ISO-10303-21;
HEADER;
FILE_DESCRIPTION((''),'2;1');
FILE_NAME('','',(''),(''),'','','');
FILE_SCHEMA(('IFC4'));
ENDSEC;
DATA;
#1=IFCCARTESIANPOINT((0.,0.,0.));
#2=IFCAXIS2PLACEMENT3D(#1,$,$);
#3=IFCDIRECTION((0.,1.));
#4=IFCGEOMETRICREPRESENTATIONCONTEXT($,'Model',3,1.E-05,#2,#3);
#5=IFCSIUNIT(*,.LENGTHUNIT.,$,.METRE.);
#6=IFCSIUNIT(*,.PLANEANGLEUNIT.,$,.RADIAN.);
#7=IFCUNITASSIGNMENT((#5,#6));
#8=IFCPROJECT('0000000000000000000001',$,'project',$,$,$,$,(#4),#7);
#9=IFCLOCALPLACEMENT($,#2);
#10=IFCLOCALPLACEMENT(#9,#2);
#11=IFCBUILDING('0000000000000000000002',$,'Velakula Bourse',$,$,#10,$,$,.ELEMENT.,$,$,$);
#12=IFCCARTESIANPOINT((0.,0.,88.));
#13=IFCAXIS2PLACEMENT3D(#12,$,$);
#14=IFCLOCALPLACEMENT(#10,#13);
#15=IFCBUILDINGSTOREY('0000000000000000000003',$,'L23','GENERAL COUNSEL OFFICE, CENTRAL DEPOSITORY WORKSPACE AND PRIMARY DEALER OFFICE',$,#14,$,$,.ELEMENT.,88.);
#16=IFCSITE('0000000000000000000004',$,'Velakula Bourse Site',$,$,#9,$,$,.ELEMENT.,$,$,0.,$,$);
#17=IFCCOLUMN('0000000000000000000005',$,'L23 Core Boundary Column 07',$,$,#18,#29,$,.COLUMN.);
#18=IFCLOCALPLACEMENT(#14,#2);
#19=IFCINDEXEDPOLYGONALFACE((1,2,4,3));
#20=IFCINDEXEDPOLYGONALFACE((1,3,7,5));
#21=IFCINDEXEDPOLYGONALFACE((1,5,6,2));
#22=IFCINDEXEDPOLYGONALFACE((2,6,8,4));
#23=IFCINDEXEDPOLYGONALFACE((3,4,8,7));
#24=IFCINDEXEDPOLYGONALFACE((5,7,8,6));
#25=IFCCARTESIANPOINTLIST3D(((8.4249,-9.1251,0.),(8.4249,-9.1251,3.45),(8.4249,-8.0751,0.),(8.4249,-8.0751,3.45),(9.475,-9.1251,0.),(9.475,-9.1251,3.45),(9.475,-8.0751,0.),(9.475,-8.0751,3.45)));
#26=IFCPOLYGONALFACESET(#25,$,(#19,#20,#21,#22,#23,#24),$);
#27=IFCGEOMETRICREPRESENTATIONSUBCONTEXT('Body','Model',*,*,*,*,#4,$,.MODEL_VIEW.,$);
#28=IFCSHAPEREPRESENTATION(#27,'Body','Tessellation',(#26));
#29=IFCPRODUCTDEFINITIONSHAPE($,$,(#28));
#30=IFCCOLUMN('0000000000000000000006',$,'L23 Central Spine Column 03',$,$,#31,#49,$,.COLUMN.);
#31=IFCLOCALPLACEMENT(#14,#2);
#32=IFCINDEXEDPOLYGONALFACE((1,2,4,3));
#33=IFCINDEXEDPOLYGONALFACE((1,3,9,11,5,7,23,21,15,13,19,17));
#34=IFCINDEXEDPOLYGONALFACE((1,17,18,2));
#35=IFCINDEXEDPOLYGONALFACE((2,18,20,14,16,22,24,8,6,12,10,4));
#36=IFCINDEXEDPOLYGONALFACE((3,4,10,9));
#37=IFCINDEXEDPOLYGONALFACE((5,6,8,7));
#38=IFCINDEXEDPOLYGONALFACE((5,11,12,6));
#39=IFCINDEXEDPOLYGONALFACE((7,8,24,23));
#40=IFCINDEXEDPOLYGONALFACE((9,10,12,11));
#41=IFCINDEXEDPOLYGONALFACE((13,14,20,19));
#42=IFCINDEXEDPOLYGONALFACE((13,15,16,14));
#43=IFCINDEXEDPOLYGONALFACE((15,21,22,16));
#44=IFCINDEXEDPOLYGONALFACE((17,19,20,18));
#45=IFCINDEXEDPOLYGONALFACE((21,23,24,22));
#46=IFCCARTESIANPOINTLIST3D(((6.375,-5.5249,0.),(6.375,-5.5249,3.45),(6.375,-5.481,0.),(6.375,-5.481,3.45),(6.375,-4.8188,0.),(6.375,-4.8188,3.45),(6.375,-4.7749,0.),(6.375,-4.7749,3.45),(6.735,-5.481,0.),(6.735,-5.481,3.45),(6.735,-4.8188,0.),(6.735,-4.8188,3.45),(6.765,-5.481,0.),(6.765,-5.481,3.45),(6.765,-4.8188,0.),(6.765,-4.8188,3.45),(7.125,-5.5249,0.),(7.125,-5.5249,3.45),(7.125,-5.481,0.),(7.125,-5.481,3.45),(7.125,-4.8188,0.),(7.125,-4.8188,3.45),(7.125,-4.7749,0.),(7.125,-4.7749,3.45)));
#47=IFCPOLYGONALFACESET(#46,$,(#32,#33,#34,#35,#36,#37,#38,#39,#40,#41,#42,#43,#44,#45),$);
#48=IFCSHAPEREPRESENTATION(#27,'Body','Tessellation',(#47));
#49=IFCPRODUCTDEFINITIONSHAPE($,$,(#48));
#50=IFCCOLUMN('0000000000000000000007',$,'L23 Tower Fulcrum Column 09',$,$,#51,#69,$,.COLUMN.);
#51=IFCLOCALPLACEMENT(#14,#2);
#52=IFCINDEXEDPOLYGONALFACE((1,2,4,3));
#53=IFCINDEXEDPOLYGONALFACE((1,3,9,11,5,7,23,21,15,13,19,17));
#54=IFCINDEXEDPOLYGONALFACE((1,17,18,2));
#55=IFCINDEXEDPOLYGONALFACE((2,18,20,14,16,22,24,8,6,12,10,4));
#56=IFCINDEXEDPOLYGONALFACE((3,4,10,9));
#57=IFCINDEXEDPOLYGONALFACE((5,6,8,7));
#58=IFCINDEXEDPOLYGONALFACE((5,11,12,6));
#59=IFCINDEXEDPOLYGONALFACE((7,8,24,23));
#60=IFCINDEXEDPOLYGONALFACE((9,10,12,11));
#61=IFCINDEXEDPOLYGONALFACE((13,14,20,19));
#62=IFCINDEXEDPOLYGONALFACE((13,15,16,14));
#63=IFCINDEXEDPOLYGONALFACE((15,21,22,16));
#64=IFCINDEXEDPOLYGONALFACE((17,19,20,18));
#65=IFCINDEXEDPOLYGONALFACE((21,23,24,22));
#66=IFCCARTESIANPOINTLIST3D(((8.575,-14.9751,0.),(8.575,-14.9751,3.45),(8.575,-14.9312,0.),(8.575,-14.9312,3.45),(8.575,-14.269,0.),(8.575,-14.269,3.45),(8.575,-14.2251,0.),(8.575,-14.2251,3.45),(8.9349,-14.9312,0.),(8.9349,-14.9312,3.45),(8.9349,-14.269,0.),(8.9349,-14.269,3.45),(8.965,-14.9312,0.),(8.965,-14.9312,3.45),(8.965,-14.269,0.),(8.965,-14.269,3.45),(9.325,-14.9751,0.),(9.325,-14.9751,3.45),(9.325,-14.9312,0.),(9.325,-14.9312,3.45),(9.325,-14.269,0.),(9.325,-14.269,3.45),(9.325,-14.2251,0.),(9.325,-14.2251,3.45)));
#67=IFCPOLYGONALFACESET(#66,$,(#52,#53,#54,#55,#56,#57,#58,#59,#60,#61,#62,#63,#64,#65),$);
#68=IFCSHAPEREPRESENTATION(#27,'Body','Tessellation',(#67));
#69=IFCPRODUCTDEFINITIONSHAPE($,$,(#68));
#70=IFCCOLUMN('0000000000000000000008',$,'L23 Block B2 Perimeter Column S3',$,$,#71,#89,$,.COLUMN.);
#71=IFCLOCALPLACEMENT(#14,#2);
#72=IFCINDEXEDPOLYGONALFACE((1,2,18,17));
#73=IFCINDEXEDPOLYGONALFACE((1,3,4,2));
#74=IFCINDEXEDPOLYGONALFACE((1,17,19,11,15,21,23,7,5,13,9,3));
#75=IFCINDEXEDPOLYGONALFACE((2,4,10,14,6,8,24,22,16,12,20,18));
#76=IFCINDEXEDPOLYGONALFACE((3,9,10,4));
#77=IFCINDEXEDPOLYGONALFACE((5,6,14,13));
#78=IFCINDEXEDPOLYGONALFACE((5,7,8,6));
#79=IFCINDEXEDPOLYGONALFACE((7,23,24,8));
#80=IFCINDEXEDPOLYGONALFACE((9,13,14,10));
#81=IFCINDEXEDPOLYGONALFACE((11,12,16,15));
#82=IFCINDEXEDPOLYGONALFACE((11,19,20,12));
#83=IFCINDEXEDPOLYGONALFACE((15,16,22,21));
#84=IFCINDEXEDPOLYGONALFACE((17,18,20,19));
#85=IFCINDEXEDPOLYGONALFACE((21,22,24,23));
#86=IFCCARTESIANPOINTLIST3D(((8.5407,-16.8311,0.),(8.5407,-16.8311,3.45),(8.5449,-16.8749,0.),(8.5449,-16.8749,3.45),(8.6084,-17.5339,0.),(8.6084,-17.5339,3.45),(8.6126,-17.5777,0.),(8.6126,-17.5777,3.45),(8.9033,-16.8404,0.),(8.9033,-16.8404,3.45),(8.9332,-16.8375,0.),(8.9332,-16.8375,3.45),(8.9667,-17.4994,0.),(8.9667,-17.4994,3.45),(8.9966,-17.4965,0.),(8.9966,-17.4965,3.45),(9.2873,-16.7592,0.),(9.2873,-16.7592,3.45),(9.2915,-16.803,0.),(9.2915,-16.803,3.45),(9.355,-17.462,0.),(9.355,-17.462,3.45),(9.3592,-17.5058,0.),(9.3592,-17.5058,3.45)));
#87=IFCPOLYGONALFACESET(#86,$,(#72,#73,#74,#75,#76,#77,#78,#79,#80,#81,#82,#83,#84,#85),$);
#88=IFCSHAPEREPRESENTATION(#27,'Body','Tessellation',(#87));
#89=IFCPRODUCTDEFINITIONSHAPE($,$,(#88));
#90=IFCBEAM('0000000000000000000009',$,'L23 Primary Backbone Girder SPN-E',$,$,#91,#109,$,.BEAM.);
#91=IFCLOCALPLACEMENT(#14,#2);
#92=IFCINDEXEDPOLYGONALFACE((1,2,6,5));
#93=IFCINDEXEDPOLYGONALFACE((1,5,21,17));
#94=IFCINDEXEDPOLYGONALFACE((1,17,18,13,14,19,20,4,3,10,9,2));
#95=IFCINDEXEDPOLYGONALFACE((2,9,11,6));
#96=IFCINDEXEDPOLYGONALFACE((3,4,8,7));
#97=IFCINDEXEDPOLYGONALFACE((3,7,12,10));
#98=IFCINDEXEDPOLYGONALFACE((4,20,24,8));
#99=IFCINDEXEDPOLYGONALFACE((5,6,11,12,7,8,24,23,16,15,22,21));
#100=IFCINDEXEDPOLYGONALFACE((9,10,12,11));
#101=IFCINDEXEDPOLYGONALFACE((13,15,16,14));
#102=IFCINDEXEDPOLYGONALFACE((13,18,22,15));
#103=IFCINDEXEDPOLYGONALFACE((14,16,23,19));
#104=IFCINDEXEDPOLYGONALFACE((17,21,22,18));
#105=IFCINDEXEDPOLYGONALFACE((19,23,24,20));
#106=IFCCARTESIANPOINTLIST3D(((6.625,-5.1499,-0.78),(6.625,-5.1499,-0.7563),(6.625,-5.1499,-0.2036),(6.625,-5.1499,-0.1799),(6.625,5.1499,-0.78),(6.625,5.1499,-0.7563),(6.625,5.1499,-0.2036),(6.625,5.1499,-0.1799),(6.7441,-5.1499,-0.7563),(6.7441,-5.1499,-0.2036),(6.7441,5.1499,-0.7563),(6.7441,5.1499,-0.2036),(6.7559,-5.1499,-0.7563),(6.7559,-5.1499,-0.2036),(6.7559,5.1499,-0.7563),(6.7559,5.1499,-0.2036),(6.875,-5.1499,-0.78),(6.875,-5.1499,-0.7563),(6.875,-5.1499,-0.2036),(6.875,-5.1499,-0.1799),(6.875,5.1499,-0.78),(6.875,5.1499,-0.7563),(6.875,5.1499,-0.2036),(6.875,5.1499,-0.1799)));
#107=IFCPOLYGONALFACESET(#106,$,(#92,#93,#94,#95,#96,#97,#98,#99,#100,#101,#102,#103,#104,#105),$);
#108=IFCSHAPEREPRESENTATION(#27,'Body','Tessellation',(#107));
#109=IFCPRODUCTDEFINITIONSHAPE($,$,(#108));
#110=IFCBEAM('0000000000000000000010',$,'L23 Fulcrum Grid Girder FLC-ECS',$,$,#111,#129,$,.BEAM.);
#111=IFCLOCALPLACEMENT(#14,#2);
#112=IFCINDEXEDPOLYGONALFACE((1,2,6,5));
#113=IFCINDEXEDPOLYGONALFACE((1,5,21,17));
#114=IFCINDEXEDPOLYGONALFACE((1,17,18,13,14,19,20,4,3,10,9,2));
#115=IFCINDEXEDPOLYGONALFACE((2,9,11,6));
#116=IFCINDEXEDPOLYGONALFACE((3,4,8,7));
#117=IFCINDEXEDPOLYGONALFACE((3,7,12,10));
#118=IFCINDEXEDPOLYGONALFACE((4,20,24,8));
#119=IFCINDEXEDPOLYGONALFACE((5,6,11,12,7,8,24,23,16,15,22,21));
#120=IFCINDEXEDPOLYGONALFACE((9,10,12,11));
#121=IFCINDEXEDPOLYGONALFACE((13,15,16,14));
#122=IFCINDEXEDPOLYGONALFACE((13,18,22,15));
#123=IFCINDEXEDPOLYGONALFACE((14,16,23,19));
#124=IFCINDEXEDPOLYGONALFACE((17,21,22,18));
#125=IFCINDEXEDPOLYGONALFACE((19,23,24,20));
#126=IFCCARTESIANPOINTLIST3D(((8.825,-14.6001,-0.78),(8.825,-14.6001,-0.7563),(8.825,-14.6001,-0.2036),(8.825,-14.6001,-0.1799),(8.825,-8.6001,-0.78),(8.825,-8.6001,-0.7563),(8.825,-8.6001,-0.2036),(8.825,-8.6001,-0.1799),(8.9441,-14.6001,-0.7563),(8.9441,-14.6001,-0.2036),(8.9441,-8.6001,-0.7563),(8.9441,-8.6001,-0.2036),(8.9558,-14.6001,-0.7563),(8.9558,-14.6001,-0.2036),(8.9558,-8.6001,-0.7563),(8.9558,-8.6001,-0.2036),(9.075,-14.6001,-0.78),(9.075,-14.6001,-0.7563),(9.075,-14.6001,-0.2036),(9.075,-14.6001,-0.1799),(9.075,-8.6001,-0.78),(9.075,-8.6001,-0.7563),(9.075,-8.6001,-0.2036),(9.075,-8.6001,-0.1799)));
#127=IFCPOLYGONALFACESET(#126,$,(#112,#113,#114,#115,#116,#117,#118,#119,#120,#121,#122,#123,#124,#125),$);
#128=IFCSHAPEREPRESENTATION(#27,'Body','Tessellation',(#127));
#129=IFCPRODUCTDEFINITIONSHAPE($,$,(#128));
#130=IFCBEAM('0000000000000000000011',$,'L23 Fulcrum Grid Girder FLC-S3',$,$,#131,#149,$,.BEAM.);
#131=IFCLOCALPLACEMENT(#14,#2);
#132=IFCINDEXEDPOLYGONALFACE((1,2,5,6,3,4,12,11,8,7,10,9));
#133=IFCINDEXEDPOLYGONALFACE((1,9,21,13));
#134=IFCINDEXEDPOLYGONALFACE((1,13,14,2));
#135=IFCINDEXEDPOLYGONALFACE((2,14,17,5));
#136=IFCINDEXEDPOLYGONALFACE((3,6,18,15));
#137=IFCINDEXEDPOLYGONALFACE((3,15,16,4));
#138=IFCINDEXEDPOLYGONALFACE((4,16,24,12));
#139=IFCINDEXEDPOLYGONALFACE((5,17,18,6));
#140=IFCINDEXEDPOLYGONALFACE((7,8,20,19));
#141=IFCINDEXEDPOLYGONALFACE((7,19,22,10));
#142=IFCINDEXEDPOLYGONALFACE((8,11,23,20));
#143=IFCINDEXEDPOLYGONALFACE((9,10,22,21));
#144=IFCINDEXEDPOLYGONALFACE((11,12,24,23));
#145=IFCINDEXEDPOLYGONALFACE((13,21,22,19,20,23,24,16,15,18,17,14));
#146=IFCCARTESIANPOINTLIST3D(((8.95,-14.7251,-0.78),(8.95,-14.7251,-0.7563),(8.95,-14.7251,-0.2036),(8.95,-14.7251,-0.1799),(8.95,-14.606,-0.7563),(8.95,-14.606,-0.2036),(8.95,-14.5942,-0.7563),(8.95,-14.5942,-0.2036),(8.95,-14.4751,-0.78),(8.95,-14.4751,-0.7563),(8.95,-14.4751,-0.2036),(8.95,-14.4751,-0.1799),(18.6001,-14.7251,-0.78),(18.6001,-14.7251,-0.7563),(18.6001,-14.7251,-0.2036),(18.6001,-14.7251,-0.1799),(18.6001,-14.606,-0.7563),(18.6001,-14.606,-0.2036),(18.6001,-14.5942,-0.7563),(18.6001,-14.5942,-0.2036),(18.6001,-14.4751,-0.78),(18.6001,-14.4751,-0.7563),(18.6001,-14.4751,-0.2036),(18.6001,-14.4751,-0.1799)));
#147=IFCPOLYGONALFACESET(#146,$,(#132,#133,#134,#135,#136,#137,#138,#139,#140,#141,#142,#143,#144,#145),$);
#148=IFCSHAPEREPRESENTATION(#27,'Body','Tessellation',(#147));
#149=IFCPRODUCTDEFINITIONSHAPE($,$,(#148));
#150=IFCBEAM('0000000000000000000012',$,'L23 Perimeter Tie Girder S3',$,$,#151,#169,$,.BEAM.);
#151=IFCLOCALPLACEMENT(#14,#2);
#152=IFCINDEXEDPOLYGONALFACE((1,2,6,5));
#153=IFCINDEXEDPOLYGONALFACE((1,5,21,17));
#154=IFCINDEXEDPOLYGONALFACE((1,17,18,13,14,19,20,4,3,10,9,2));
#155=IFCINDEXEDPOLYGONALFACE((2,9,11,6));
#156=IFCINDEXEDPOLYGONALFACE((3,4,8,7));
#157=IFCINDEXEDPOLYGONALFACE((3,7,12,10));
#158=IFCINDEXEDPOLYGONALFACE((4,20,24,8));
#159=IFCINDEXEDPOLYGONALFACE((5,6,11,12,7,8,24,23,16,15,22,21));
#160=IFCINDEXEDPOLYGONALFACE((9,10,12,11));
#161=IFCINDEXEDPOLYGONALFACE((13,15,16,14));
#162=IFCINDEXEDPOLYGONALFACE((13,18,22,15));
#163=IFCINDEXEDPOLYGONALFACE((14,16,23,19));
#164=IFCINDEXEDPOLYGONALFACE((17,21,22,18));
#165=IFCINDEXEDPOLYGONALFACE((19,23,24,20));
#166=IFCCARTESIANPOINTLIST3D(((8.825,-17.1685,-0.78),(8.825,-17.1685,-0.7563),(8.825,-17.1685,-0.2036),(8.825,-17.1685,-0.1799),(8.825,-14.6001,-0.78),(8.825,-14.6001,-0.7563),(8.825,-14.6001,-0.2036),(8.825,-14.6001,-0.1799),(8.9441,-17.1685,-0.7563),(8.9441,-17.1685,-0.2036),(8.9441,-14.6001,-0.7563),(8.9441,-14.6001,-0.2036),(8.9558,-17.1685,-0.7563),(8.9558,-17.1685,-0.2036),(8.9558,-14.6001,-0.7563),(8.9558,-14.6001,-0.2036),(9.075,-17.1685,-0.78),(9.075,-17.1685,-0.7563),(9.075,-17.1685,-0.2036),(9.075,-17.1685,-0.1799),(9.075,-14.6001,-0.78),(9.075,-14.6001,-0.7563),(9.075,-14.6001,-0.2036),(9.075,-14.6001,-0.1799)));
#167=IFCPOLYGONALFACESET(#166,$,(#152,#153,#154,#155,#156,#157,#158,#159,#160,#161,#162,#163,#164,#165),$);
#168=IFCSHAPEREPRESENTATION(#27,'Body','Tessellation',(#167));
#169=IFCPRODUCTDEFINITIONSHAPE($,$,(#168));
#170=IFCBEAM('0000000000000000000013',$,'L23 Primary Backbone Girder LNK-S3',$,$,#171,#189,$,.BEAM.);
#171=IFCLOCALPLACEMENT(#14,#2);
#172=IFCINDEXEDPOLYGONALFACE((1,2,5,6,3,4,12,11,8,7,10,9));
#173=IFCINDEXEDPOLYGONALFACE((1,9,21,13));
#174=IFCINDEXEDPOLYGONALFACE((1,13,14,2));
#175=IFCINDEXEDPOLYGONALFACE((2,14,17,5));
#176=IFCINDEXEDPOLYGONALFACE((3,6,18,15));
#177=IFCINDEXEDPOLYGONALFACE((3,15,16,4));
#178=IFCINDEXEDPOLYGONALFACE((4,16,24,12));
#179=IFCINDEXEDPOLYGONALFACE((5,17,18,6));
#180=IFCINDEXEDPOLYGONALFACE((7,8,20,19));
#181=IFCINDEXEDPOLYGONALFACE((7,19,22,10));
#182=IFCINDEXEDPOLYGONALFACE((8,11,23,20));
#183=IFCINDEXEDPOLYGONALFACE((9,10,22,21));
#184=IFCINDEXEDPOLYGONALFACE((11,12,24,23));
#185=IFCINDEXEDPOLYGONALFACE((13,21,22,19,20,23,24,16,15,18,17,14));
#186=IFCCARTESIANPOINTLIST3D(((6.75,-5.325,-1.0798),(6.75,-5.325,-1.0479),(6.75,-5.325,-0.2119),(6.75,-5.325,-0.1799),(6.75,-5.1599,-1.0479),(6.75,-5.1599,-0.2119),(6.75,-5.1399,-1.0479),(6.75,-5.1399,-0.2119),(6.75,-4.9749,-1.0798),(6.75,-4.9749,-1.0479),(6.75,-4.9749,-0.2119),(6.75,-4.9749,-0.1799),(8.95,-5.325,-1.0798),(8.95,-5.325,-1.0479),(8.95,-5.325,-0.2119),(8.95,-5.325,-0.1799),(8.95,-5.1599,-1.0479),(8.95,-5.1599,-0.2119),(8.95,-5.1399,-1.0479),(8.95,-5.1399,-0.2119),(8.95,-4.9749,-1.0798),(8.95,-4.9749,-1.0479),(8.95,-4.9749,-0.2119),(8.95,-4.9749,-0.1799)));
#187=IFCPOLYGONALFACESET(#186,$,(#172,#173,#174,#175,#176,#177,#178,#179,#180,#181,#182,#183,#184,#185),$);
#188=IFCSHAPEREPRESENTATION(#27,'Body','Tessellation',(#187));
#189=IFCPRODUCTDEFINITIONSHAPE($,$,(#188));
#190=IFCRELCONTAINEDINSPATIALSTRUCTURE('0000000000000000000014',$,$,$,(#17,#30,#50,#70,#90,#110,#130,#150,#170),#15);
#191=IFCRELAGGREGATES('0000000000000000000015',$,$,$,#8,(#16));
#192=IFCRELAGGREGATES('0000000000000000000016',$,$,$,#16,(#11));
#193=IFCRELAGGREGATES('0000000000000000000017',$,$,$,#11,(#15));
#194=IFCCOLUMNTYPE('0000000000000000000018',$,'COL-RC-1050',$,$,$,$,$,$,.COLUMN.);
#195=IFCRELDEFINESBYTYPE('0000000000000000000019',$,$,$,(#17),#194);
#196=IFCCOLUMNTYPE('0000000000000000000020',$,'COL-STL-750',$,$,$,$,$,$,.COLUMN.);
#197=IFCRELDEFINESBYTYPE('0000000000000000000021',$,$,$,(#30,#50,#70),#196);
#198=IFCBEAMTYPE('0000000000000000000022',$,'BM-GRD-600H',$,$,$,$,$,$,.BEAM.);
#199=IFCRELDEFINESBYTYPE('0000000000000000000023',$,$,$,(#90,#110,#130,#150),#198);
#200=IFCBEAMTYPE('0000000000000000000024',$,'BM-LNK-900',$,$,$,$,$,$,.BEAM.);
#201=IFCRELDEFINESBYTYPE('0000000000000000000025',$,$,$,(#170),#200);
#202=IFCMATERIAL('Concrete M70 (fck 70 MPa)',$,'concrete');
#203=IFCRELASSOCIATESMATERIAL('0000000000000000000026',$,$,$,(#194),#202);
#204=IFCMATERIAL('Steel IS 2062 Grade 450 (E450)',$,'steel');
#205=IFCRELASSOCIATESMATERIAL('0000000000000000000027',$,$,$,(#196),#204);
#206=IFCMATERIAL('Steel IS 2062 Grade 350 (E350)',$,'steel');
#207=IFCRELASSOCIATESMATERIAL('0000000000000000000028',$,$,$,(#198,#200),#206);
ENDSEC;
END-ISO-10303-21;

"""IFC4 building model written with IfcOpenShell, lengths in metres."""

from ifc_helpers import new_model, si_unit, direction, frame, origin, origin_2d, place, context, subcontext, project, spatial, rectangle, i_section, extrude, material, material_profile, profile_set, type_object, element, save


model = new_model("IFC4")

# Units and contexts
model_context = context("Model", 3, precision=1e-05, world=origin(), true_north=direction((0.0, 1.0)))
body_context = subcontext(model_context, "Body", "Model", "MODEL_VIEW")
ifc_project = project(units=[si_unit("LENGTHUNIT", "METRE"), si_unit("PLANEANGLEUNIT", "RADIAN")], contexts=[model_context])

# Site, building, storey
site_placement = place(None, origin())
site = spatial("IfcSite", under=ifc_project, at=site_placement, Name="Velakula Bourse Site", CompositionType="ELEMENT", RefElevation=0.0)
building_placement = place(site_placement, origin())
building = spatial("IfcBuilding", under=site, at=building_placement, Name="Velakula Bourse", CompositionType="ELEMENT")
storey_placement = place(building_placement, frame((0.0, 0.0, 88.0)))
storey = spatial("IfcBuildingStorey", under=building, at=storey_placement, Name="L23", Description="GENERAL COUNSEL OFFICE, CENTRAL DEPOSITORY WORKSPACE AND PRIMARY DEALER OFFICE", CompositionType="ELEMENT", Elevation=88.0)

# Columns
ifc_material_1 = material(Name="Concrete M70 (fck 70 MPa)", Category="concrete")
ifc_material_profile_1 = material_profile(ifc_material_1, rectangle(XDim=1.05, YDim=1.05, at=origin_2d()), Name="Concrete M70 (fck 70 MPa)")
ifc_profile_set_1 = profile_set([ifc_material_profile_1], Name="Concrete M70 (fck 70 MPa)")
column_type_1 = type_object("IfcColumnType", Name="COL-RC-1050", PredefinedType="COLUMN", material=ifc_profile_set_1)
column_placement = place(storey_placement, frame((8.95, -8.6001, 0.0), z_axis=(0.0, 0.0, 1.0), x_axis=(1.0, 0.0, 0.0)))
element("IfcColumn", 1, at=column_placement, inside=storey, type_object=column_type_1, Name="L23 Core Boundary Column 07", PredefinedType="COLUMN", context=body_context, shape_type="SweptSolid", body=[
    extrude(rectangle(XDim=1.05, YDim=1.05, at=origin_2d()), origin(), (0.0, 0.0, 1.0), 3.45),
])
ifc_material_2 = material(Name="Steel IS 2062 Grade 450 (E450)", Category="steel")
ifc_material_profile_2 = material_profile(ifc_material_2, i_section(OverallWidth=0.75, OverallDepth=0.75, WebThickness=0.03, FlangeThickness=0.0439, at=origin_2d()), Name="Steel IS 2062 Grade 450 (E450)")
ifc_profile_set_2 = profile_set([ifc_material_profile_2], Name="Steel IS 2062 Grade 450 (E450)")
column_type_2 = type_object("IfcColumnType", Name="COL-STL-750", PredefinedType="COLUMN", material=ifc_profile_set_2)
for number, where, z_axis, x_axis, name in (
    (2, (6.75, -5.1499, 0.0), (0.0, 0.0, 1.0), (1.0, 0.0, 0.0), "L23 Central Spine Column 03"),
    (3, (8.95, -14.6001, 0.0), (0.0, 0.0, 1.0), (1.0, 0.0, 0.0), "L23 Tower Fulcrum Column 09"),
    (4, (8.95, -17.1685, 0.0), (0.0, 0.0, 1.0), (0.995396, 0.095846, 0.0), "L23 Block B2 Perimeter Column S3"),
):
    element("IfcColumn", number, at=place(storey_placement, frame(where, z_axis=z_axis, x_axis=x_axis)), inside=storey, type_object=column_type_2, Name=name, PredefinedType="COLUMN", context=body_context, shape_type="SweptSolid", body=[
        extrude(i_section(OverallWidth=0.75, OverallDepth=0.75, WebThickness=0.03, FlangeThickness=0.0439, at=origin_2d()), origin(), (0.0, 0.0, 1.0), 3.45),
    ])

# Beams
ifc_material_3 = material(Name="Steel IS 2062 Grade 350 (E350)", Category="steel")
ifc_material_profile_3 = material_profile(ifc_material_3, i_section(OverallWidth=0.25, OverallDepth=0.6001, WebThickness=0.0117, FlangeThickness=0.0237, at=origin_2d()), Name="Steel IS 2062 Grade 350 (E350)")
ifc_profile_set_3 = profile_set([ifc_material_profile_3], Name="Steel IS 2062 Grade 350 (E350)")
beam_type_1 = type_object("IfcBeamType", Name="BM-GRD-600H", PredefinedType="BEAM", material=ifc_profile_set_3)
beam_1_placement = place(storey_placement, frame((6.75, -5.1499, -0.48), z_axis=(0.0, 1.0, 0.0), x_axis=(-1.0, 0.0, 0.0)))
element("IfcBeam", 5, at=beam_1_placement, inside=storey, type_object=beam_type_1, Name="L23 Primary Backbone Girder SPN-E", PredefinedType="BEAM", context=body_context, shape_type="SweptSolid", body=[
    extrude(i_section(OverallWidth=0.25, OverallDepth=0.6001, WebThickness=0.0117, FlangeThickness=0.0237, at=origin_2d()), origin(), (0.0, 0.0, 1.0), 10.2998),
])
beam_2_placement = place(storey_placement, frame((8.95, -14.6001, -0.48), z_axis=(0.0, 1.0, 0.0), x_axis=(-1.0, 0.0, 0.0)))
element("IfcBeam", 6, at=beam_2_placement, inside=storey, type_object=beam_type_1, Name="L23 Fulcrum Grid Girder FLC-ECS", PredefinedType="BEAM", context=body_context, shape_type="SweptSolid", body=[
    extrude(i_section(OverallWidth=0.25, OverallDepth=0.6001, WebThickness=0.0117, FlangeThickness=0.0237, at=origin_2d()), origin(), (0.0, 0.0, 1.0), 6.0),
])
beam_3_placement = place(storey_placement, frame((8.95, -14.6001, -0.48), z_axis=(1.0, 0.0, 0.0), x_axis=(0.0, 1.0, 0.0)))
element("IfcBeam", 7, at=beam_3_placement, inside=storey, type_object=beam_type_1, Name="L23 Fulcrum Grid Girder FLC-S3", PredefinedType="BEAM", context=body_context, shape_type="SweptSolid", body=[
    extrude(i_section(OverallWidth=0.25, OverallDepth=0.6001, WebThickness=0.0117, FlangeThickness=0.0237, at=origin_2d()), origin(), (0.0, 0.0, 1.0), 9.6501),
])
beam_4_placement = place(storey_placement, frame((8.95, -14.6001, -0.48), z_axis=(0.0, -1.0, 0.0), x_axis=(1.0, 0.0, 0.0)))
element("IfcBeam", 8, at=beam_4_placement, inside=storey, type_object=beam_type_1, Name="L23 Perimeter Tie Girder S3", PredefinedType="BEAM", context=body_context, shape_type="SweptSolid", body=[
    extrude(i_section(OverallWidth=0.25, OverallDepth=0.6001, WebThickness=0.0117, FlangeThickness=0.0237, at=origin_2d()), origin(), (0.0, 0.0, 1.0), 2.5684),
])
ifc_material_profile_4 = material_profile(ifc_material_3, i_section(OverallWidth=0.3501, OverallDepth=0.8999, WebThickness=0.02, FlangeThickness=0.032, at=origin_2d()), Name="Steel IS 2062 Grade 350 (E350)")
ifc_profile_set_4 = profile_set([ifc_material_profile_4], Name="Steel IS 2062 Grade 350 (E350)")
beam_type_2 = type_object("IfcBeamType", Name="BM-LNK-900", PredefinedType="BEAM", material=ifc_profile_set_4)
beam_5_placement = place(storey_placement, frame((6.75, -5.1499, -0.6299), z_axis=(1.0, 0.0, 0.0), x_axis=(0.0, 1.0, 0.0)))
element("IfcBeam", 9, at=beam_5_placement, inside=storey, type_object=beam_type_2, Name="L23 Primary Backbone Girder LNK-S3", PredefinedType="BEAM", context=body_context, shape_type="SweptSolid", body=[
    extrude(i_section(OverallWidth=0.3501, OverallDepth=0.8999, WebThickness=0.02, FlangeThickness=0.032, at=origin_2d()), origin(), (0.0, 0.0, 1.0), 2.2),
])

save(model, "model.ifc")
